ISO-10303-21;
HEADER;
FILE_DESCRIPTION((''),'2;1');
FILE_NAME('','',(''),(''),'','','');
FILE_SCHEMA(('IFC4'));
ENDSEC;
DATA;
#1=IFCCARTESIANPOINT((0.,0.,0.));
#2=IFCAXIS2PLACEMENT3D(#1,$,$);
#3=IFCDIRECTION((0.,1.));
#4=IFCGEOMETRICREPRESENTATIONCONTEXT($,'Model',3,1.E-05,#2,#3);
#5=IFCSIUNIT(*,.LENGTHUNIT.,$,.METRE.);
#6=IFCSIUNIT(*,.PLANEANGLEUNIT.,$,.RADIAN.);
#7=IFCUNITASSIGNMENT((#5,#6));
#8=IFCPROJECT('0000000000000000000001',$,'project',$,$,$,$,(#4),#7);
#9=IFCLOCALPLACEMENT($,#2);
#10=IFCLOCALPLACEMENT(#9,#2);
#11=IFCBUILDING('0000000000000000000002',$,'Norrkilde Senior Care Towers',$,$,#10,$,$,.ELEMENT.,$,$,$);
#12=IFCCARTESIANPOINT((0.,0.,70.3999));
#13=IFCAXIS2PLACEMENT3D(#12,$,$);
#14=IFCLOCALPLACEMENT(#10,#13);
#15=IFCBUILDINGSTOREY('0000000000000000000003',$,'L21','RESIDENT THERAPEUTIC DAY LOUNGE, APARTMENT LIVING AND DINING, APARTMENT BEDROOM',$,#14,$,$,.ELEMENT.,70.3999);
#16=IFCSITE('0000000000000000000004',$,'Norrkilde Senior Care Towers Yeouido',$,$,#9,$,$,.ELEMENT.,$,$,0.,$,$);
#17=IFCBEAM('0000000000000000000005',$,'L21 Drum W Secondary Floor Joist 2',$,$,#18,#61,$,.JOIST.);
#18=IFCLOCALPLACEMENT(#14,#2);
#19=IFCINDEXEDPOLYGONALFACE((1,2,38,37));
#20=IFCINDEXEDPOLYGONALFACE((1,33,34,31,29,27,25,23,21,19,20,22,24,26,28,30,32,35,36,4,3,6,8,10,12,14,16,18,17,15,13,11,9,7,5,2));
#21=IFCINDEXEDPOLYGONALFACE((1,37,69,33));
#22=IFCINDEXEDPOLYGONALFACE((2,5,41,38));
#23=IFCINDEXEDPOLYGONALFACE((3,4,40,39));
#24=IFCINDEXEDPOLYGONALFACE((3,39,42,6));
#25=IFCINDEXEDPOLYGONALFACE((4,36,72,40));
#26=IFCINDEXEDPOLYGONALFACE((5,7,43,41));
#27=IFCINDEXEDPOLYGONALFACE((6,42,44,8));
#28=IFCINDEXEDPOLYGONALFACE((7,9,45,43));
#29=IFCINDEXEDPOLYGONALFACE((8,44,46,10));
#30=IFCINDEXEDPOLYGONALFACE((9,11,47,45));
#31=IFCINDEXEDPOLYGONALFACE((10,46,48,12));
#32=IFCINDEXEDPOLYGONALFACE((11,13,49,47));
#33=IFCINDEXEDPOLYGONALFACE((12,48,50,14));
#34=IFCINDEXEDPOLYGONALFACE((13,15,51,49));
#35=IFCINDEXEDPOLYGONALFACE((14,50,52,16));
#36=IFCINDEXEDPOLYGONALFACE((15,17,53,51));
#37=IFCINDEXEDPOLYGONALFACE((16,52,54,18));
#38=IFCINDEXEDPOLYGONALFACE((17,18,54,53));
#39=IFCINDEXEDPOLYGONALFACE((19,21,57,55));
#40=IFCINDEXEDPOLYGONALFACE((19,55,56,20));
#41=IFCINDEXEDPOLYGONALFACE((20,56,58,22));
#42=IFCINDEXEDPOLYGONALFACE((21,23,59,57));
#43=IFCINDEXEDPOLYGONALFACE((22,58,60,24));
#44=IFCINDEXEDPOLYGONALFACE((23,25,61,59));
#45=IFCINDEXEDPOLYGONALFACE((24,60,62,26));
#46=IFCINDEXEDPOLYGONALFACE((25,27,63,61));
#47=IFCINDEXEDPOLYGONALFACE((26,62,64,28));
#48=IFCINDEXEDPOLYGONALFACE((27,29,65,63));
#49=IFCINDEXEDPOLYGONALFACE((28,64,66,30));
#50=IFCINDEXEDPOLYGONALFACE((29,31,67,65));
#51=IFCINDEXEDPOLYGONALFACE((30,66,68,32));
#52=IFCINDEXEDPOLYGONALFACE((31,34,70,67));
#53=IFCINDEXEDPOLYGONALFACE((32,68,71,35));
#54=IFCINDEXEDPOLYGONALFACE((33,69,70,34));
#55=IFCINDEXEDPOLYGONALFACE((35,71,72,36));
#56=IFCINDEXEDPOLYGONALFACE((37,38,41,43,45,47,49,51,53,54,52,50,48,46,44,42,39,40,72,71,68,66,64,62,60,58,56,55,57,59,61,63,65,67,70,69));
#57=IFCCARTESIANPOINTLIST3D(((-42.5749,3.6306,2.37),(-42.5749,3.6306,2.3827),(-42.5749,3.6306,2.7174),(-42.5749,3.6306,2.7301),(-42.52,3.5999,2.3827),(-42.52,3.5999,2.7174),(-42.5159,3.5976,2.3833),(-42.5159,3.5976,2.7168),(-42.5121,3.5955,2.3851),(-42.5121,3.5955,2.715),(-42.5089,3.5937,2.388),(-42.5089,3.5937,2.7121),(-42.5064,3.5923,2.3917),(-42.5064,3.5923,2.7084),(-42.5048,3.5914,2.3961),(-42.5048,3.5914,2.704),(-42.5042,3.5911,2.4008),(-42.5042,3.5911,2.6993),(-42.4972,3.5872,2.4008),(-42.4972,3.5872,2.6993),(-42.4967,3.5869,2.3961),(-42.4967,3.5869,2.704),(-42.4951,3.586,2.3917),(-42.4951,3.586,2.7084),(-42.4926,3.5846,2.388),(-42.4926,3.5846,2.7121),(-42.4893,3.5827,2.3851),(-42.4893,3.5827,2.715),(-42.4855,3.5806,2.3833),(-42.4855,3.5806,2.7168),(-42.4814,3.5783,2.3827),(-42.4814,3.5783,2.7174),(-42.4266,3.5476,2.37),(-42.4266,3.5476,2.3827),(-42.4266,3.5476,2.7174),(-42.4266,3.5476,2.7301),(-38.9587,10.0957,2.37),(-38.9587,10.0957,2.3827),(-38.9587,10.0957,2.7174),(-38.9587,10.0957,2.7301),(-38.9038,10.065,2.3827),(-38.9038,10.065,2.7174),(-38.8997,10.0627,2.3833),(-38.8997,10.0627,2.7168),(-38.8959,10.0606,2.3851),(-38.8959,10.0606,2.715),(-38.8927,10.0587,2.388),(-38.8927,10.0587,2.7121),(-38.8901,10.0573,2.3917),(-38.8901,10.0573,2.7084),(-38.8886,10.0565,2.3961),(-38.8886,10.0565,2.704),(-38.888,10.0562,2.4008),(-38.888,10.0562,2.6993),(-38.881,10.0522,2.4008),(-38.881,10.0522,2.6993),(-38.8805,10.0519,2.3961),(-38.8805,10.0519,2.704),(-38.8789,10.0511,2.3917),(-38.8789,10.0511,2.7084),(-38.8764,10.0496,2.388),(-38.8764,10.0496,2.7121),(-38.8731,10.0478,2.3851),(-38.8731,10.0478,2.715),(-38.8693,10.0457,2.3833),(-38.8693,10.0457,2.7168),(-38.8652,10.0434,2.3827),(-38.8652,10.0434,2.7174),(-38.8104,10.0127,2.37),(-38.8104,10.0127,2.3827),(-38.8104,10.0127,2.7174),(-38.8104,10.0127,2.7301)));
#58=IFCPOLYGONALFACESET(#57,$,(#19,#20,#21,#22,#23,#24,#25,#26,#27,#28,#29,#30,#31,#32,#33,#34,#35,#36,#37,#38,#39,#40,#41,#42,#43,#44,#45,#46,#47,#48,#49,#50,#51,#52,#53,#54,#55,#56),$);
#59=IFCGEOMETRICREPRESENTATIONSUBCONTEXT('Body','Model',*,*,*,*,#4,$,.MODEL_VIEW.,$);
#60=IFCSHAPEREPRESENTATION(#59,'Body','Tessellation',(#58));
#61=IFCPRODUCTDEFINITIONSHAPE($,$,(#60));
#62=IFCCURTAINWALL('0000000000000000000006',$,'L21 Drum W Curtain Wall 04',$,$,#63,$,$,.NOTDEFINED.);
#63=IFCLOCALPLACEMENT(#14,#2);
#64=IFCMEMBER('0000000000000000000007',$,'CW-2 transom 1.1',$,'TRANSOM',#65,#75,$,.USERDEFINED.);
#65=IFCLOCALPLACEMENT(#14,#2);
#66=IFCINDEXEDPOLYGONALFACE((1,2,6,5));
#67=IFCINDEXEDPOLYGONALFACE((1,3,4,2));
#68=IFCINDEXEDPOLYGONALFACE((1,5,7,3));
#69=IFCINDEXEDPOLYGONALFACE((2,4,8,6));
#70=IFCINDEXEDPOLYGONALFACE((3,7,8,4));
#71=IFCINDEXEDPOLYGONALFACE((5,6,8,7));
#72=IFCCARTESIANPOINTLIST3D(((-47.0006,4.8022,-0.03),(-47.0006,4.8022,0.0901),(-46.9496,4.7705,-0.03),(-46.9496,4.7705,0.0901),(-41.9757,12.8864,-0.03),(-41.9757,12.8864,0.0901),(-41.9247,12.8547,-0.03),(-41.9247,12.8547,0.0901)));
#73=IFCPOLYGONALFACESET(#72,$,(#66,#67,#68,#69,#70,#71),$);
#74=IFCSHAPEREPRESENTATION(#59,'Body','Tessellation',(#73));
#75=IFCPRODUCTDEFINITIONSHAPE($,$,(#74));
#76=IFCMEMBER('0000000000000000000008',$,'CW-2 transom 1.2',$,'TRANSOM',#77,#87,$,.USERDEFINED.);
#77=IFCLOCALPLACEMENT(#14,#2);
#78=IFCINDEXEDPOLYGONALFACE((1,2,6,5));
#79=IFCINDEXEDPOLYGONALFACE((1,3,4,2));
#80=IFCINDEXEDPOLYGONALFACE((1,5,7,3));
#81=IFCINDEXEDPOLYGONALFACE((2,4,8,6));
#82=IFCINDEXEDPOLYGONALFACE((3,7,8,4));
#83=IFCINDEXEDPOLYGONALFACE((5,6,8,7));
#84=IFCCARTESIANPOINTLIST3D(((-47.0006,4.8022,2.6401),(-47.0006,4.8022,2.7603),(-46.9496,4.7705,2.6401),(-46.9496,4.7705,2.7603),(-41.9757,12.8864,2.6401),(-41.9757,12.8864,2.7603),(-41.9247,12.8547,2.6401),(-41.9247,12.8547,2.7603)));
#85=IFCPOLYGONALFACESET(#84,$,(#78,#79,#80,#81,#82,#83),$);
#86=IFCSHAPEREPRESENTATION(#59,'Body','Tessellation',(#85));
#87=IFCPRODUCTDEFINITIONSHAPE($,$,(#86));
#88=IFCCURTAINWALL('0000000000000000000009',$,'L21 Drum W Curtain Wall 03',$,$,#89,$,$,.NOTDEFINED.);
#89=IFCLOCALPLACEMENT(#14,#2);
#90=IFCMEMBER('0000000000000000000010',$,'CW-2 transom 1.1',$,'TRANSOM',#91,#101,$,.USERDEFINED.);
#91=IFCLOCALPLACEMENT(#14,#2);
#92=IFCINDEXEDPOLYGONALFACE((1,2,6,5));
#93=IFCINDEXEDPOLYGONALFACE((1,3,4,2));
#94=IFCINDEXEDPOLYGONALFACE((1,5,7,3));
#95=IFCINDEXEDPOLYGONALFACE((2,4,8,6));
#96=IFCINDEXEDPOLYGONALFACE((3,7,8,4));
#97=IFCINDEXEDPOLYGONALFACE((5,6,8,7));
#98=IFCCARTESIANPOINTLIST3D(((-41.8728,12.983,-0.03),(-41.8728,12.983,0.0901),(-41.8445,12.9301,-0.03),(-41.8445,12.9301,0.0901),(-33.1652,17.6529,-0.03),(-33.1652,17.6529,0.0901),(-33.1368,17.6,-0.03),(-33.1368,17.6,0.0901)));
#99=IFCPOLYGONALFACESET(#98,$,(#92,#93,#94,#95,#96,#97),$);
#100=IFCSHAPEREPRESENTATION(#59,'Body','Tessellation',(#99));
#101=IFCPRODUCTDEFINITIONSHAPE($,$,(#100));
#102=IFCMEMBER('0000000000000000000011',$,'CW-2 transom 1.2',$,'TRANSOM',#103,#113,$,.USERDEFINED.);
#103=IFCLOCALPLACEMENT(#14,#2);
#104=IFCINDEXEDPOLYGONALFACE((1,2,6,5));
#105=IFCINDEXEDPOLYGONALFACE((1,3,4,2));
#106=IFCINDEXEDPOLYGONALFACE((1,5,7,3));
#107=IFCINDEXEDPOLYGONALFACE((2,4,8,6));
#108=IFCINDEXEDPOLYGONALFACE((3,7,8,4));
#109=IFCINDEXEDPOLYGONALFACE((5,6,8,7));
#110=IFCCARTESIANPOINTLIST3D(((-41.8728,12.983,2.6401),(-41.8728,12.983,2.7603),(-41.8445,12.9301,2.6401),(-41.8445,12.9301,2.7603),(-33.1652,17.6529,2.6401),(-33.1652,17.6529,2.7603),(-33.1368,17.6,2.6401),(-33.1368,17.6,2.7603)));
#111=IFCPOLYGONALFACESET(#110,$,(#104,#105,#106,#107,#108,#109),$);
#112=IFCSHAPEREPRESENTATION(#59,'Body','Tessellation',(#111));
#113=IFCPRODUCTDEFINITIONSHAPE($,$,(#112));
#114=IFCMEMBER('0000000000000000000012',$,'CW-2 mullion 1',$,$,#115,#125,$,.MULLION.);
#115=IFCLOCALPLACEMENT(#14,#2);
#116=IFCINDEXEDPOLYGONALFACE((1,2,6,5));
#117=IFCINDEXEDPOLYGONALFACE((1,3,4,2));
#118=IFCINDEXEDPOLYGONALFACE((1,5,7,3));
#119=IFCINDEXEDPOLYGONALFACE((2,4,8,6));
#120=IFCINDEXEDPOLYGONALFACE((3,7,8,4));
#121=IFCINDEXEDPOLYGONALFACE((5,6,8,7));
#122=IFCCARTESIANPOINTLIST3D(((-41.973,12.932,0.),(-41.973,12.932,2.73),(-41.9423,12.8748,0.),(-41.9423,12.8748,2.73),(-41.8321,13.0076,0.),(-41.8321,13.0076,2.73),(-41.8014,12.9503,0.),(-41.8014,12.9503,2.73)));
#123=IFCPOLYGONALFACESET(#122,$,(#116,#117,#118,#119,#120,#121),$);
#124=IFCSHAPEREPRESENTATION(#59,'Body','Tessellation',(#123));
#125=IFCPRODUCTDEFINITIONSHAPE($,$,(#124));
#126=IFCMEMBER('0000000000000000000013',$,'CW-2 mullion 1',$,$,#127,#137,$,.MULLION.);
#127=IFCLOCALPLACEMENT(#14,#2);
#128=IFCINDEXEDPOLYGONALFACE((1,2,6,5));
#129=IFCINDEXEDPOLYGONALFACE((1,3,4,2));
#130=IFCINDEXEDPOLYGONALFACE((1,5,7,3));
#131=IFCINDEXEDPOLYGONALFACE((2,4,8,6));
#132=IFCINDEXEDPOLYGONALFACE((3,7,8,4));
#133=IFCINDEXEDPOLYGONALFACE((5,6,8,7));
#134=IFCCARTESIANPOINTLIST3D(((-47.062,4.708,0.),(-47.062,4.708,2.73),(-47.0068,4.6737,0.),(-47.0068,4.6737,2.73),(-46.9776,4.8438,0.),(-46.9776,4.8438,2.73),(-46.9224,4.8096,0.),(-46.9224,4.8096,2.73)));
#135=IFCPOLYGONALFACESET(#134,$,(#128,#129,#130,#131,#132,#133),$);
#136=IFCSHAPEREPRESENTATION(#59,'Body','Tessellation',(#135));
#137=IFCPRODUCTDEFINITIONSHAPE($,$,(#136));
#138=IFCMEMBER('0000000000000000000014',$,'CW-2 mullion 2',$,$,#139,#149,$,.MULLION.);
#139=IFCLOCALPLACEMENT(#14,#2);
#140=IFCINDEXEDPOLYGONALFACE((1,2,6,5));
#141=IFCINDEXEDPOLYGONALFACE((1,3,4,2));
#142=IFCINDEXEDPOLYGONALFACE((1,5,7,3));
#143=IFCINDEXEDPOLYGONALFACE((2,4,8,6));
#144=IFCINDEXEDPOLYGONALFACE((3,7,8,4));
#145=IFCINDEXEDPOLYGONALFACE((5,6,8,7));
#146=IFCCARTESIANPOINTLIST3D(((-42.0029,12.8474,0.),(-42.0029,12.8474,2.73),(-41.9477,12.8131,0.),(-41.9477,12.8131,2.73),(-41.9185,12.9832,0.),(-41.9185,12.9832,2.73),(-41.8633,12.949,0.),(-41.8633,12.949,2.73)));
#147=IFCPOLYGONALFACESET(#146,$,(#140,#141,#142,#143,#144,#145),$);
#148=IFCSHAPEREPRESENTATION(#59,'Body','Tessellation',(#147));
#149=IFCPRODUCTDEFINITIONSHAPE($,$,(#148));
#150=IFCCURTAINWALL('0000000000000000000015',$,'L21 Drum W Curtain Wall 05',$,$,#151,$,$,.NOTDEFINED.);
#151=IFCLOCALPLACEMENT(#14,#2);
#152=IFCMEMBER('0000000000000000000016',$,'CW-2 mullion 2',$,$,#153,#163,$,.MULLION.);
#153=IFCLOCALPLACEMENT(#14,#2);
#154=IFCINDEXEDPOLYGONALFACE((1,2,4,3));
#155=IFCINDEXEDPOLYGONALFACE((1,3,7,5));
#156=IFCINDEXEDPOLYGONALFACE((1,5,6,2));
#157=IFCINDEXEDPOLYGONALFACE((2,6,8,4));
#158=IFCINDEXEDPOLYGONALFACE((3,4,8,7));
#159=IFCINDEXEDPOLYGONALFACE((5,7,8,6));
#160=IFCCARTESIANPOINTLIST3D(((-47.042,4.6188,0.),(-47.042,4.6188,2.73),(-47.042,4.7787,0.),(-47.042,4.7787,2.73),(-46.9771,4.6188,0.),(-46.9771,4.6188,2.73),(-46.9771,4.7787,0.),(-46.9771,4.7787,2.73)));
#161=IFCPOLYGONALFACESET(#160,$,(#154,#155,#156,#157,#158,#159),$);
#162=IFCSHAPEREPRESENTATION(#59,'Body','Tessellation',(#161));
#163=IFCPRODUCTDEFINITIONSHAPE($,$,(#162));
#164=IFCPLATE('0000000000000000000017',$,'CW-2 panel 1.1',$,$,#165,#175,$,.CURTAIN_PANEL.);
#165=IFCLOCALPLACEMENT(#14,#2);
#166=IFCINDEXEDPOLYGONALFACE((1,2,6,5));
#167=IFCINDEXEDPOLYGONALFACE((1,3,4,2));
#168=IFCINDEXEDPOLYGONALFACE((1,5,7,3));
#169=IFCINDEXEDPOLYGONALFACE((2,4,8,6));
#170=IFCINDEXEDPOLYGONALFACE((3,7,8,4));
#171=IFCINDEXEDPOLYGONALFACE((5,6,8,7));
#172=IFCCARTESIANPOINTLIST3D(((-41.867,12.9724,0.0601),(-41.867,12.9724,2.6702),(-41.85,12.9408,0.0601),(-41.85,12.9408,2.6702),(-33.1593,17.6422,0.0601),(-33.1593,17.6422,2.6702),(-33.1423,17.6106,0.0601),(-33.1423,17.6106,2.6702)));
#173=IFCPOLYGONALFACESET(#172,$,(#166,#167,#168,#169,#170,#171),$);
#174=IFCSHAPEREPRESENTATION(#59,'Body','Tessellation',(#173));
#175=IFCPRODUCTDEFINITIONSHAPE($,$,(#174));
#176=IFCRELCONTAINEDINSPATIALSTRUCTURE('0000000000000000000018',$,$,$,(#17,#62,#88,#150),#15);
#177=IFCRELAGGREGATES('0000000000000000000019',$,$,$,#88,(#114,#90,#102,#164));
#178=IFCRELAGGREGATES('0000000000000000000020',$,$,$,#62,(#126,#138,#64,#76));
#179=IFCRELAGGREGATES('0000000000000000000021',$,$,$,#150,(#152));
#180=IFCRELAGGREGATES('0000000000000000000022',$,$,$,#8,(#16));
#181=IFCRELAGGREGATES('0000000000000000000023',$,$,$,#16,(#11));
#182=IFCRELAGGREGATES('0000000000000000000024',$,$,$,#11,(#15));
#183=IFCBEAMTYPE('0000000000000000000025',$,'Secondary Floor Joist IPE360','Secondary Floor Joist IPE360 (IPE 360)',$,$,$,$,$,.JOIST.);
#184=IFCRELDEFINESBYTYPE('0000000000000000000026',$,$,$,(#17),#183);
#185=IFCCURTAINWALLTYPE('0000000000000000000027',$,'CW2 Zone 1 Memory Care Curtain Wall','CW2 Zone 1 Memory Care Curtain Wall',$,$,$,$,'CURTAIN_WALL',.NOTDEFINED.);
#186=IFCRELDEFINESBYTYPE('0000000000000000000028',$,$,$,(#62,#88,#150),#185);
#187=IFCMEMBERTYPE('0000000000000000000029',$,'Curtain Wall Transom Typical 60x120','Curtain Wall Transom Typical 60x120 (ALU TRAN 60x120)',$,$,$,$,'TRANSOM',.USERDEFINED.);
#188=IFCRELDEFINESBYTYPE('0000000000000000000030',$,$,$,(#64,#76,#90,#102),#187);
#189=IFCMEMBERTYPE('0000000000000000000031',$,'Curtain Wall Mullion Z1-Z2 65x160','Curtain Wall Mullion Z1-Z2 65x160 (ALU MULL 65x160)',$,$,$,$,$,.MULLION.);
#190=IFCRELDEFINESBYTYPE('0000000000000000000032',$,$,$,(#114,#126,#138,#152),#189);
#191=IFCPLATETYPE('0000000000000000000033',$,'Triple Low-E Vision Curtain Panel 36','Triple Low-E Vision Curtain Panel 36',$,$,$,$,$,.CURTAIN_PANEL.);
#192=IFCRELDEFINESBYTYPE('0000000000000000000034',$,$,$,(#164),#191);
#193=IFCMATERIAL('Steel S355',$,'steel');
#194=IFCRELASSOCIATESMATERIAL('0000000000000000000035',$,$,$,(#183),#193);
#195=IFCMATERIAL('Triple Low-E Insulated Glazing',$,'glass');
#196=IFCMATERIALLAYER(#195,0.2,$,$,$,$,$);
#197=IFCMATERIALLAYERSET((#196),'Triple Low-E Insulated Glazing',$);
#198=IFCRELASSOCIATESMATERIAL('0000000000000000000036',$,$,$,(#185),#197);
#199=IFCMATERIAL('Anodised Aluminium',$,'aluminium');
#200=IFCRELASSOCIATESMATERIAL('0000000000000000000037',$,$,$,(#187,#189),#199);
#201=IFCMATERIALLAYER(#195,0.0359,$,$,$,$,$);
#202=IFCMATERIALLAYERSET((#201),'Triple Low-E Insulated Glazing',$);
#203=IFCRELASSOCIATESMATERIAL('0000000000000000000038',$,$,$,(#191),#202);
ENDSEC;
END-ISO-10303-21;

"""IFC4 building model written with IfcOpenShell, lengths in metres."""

from ifc_helpers import new_model, si_unit, direction, frame, origin, origin_2d, place, context, subcontext, project, spatial, rectangle, i_section, extrude, source, transform, mapped, material, layer, layer_set, material_profile, profile_set, type_object, type_shapes, element, aggregate, save


model = new_model("IFC4")

# Units and contexts
model_context = context("Model", 3, precision=1e-05, world=origin(), true_north=direction((0.0, 1.0)))
body_context = subcontext(model_context, "Body", "Model", "MODEL_VIEW")
ifc_project = project(units=[si_unit("LENGTHUNIT", "METRE"), si_unit("PLANEANGLEUNIT", "RADIAN")], contexts=[model_context])

# Site, building, storey
site_placement = place(None, origin())
site = spatial("IfcSite", under=ifc_project, at=site_placement, Name="Norrkilde Senior Care Towers Yeouido", CompositionType="ELEMENT", RefElevation=0.0)
building_placement = place(site_placement, origin())
building = spatial("IfcBuilding", under=site, at=building_placement, Name="Norrkilde Senior Care Towers", CompositionType="ELEMENT")
storey_placement = place(building_placement, frame((0.0, 0.0, 70.3999)))
storey = spatial("IfcBuildingStorey", under=building, at=storey_placement, Name="L21", Description="RESIDENT THERAPEUTIC DAY LOUNGE, APARTMENT LIVING AND DINING, APARTMENT BEDROOM", CompositionType="ELEMENT", Elevation=70.3999)

# Beam
ifc_material_1 = material(Name="Steel S355", Category="steel")
ifc_material_profile_1 = material_profile(ifc_material_1, i_section(OverallWidth=0.1699, OverallDepth=0.3601, WebThickness=0.0081, FlangeThickness=0.0127, FilletRadius=0.0181, at=origin_2d()), Name="IPE 360")
ifc_profile_set_1 = profile_set([ifc_material_profile_1], Name="Steel S355")
beam_type_1 = type_object("IfcBeamType", Name="Secondary Floor Joist IPE360", Description="Secondary Floor Joist IPE360 (IPE 360)", PredefinedType="JOIST", material=ifc_profile_set_1)
shared_shape_1 = source(origin(), body_context, "Body", "SweptSolid", [
    extrude(i_section(OverallWidth=0.1699, OverallDepth=0.3601, WebThickness=0.0081, FlangeThickness=0.0127, FilletRadius=0.0181, at=origin_2d()), origin(), (0.0, 0.0, 1.0), 7.4077),
])
type_shapes(beam_type_1, [shared_shape_1])
beam_1_placement = place(storey_placement, frame((-38.8845, 10.0542, 2.55), z_axis=(-0.488168, -0.87275, 0.0), x_axis=(0.87275, -0.488168, 0.0)))
element("IfcBeam", 1, at=beam_1_placement, inside=storey, type_object=beam_type_1, Name="L21 Drum W Secondary Floor Joist 2", PredefinedType="JOIST", context=body_context, shape_type="MappedRepresentation", body=[
    mapped(shared_shape_1, transform((0.0, 0.0, 0.0), x_axis=(1.0, 0.0, 0.0), y_axis=(0.0, 1.0, 0.0), z_axis=(0.0, 0.0, 1.0), scale=1.0)),
])

# Curtain walls, members
ifc_material_2 = material(Name="Triple Low-E Insulated Glazing", Category="glass")
ifc_layer_1 = layer(ifc_material_2, 0.2)
ifc_layer_set_1 = layer_set([ifc_layer_1], Name="Triple Low-E Insulated Glazing")
curtain_wall_type = type_object("IfcCurtainWallType", Name="CW2 Zone 1 Memory Care Curtain Wall", Description="CW2 Zone 1 Memory Care Curtain Wall", ElementType="CURTAIN_WALL", PredefinedType="NOTDEFINED", material=ifc_layer_set_1)
curtain_wall_1_placement = place(storey_placement, origin())
curtain_wall_1 = element("IfcCurtainWall", 2, at=curtain_wall_1_placement, inside=storey, type_object=curtain_wall_type, Name="L21 Drum W Curtain Wall 04", PredefinedType="NOTDEFINED")
ifc_material_3 = material(Name="Anodised Aluminium", Category="aluminium")
ifc_material_profile_2 = material_profile(ifc_material_3, rectangle(XDim=0.0601, YDim=0.1201, at=origin_2d()), Name="ALU TRAN 60x120")
ifc_profile_set_2 = profile_set([ifc_material_profile_2], Name="Anodised Aluminium")
member_type_1 = type_object("IfcMemberType", Name="Curtain Wall Transom Typical 60x120", Description="Curtain Wall Transom Typical 60x120 (ALU TRAN 60x120)", ElementType="TRANSOM", PredefinedType="USERDEFINED", material=ifc_profile_set_2)
shared_shape_2 = source(origin(), body_context, "Body", "SweptSolid", [
    extrude(rectangle(XDim=0.0601, YDim=0.1201, at=origin_2d()), origin(), (0.0, 0.0, 1.0), 9.5186),
])
member_1_placement = place(storey_placement, frame((-46.9751, 4.7864, 0.03), z_axis=(0.527902, 0.849306, 0.0), x_axis=(-0.849306, 0.527902, 0.0)))
member_1 = element("IfcMember", 3, at=member_1_placement, type_object=member_type_1, Name="CW-2 transom 1.1", ObjectType="TRANSOM", PredefinedType="USERDEFINED", context=body_context, shape_type="MappedRepresentation", body=[
    mapped(shared_shape_2, transform((0.0, 0.0, 0.0), x_axis=(1.0, 0.0, 0.0), y_axis=(0.0, 1.0, 0.0), z_axis=(0.0, 0.0, 1.0), scale=1.0)),
])
member_2_placement = place(storey_placement, frame((-46.9751, 4.7864, 2.7002), z_axis=(0.527902, 0.849306, 0.0), x_axis=(-0.849306, 0.527902, 0.0)))
member_2 = element("IfcMember", 4, at=member_2_placement, type_object=member_type_1, Name="CW-2 transom 1.2", ObjectType="TRANSOM", PredefinedType="USERDEFINED", context=body_context, shape_type="MappedRepresentation", body=[
    mapped(shared_shape_2, transform((0.0, 0.0, 0.0), x_axis=(1.0, 0.0, 0.0), y_axis=(0.0, 1.0, 0.0), z_axis=(0.0, 0.0, 1.0), scale=1.0)),
])
curtain_wall_2_placement = place(storey_placement, origin())
curtain_wall_2 = element("IfcCurtainWall", 5, at=curtain_wall_2_placement, inside=storey, type_object=curtain_wall_type, Name="L21 Drum W Curtain Wall 03", PredefinedType="NOTDEFINED")
shared_shape_3 = source(origin(), body_context, "Body", "SweptSolid", [
    extrude(rectangle(XDim=0.0601, YDim=0.1201, at=origin_2d()), origin(), (0.0, 0.0, 1.0), 9.8809),
])
type_shapes(member_type_1, [shared_shape_2, shared_shape_3])
member_3_placement = place(storey_placement, frame((-41.8586, 12.9565, 0.03), z_axis=(0.881267, 0.472618, 0.0), x_axis=(-0.472618, 0.881267, 0.0)))
member_3 = element("IfcMember", 6, at=member_3_placement, type_object=member_type_1, Name="CW-2 transom 1.1", ObjectType="TRANSOM", PredefinedType="USERDEFINED", context=body_context, shape_type="MappedRepresentation", body=[
    mapped(shared_shape_3, transform((0.0, 0.0, 0.0), x_axis=(1.0, 0.0, 0.0), y_axis=(0.0, 1.0, 0.0), z_axis=(0.0, 0.0, 1.0), scale=1.0)),
])
member_4_placement = place(storey_placement, frame((-41.8586, 12.9565, 2.7002), z_axis=(0.881267, 0.472618, 0.0), x_axis=(-0.472618, 0.881267, 0.0)))
member_4 = element("IfcMember", 7, at=member_4_placement, type_object=member_type_1, Name="CW-2 transom 1.2", ObjectType="TRANSOM", PredefinedType="USERDEFINED", context=body_context, shape_type="MappedRepresentation", body=[
    mapped(shared_shape_3, transform((0.0, 0.0, 0.0), x_axis=(1.0, 0.0, 0.0), y_axis=(0.0, 1.0, 0.0), z_axis=(0.0, 0.0, 1.0), scale=1.0)),
])
ifc_material_profile_3 = material_profile(ifc_material_3, rectangle(XDim=0.0649, YDim=0.1599, at=origin_2d()), Name="ALU MULL 65x160")
ifc_profile_set_3 = profile_set([ifc_material_profile_3], Name="Anodised Aluminium")
member_type_2 = type_object("IfcMemberType", Name="Curtain Wall Mullion Z1-Z2 65x160", Description="Curtain Wall Mullion Z1-Z2 65x160 (ALU MULL 65x160)", PredefinedType="MULLION", material=ifc_profile_set_3)
shared_shape_4 = source(origin(), body_context, "Body", "SweptSolid", [
    extrude(rectangle(XDim=0.0649, YDim=0.1599, at=origin_2d()), origin(), (0.0, 0.0, 1.0), 2.73),
])
type_shapes(member_type_2, [shared_shape_4])
member_5_placement = place(storey_placement, frame((-41.8872, 12.9412, 0.0), z_axis=(0.0, 0.0, 1.0), x_axis=(-0.472608, 0.881273, 0.0)))
member_5 = element("IfcMember", 8, at=member_5_placement, type_object=member_type_2, Name="CW-2 mullion 1", PredefinedType="MULLION", context=body_context, shape_type="MappedRepresentation", body=[
    mapped(shared_shape_4, transform((0.0, 0.0, 0.0), x_axis=(1.0, 0.0, 0.0), y_axis=(0.0, 1.0, 0.0), z_axis=(0.0, 0.0, 1.0), scale=1.0)),
])

# Members
member_6_placement = place(storey_placement, frame((-46.9922, 4.7588, 0.0), z_axis=(0.0, 0.0, 1.0), x_axis=(-0.849306, 0.527901, 0.0)))
member_6 = element("IfcMember", 9, at=member_6_placement, type_object=member_type_2, Name="CW-2 mullion 1", PredefinedType="MULLION", context=body_context, shape_type="MappedRepresentation", body=[
    mapped(shared_shape_4, transform((0.0, 0.0, 0.0), x_axis=(1.0, 0.0, 0.0), y_axis=(0.0, 1.0, 0.0), z_axis=(0.0, 0.0, 1.0), scale=1.0)),
])
member_7_placement = place(storey_placement, frame((-41.9331, 12.8982, 0.0), z_axis=(0.0, 0.0, 1.0), x_axis=(-0.849306, 0.527901, 0.0)))
member_7 = element("IfcMember", 10, at=member_7_placement, type_object=member_type_2, Name="CW-2 mullion 2", PredefinedType="MULLION", context=body_context, shape_type="MappedRepresentation", body=[
    mapped(shared_shape_4, transform((0.0, 0.0, 0.0), x_axis=(1.0, 0.0, 0.0), y_axis=(0.0, 1.0, 0.0), z_axis=(0.0, 0.0, 1.0), scale=1.0)),
])

# Curtain wall, member
curtain_wall_3_placement = place(storey_placement, origin())
curtain_wall_3 = element("IfcCurtainWall", 11, at=curtain_wall_3_placement, inside=storey, type_object=curtain_wall_type, Name="L21 Drum W Curtain Wall 05", PredefinedType="NOTDEFINED")
member_8_placement = place(storey_placement, frame((-47.0095, 4.6987, 0.0), z_axis=(0.0, 0.0, 1.0), x_axis=(-1.0, 0.0, 0.0)))
member_8 = element("IfcMember", 12, at=member_8_placement, type_object=member_type_2, Name="CW-2 mullion 2", PredefinedType="MULLION", context=body_context, shape_type="MappedRepresentation", body=[
    mapped(shared_shape_4, transform((0.0, 0.0, 0.0), x_axis=(1.0, 0.0, 0.0), y_axis=(0.0, 1.0, 0.0), z_axis=(0.0, 0.0, 1.0), scale=1.0)),
])

# Plate
ifc_layer_2 = layer(ifc_material_2, 0.0359)
ifc_layer_set_2 = layer_set([ifc_layer_2], Name="Triple Low-E Insulated Glazing")
plate_type = type_object("IfcPlateType", Name="Triple Low-E Vision Curtain Panel 36", Description="Triple Low-E Vision Curtain Panel 36", PredefinedType="CURTAIN_PANEL", material=ifc_layer_set_2)
shared_shape_5 = source(origin(), body_context, "Body", "SweptSolid", [
    extrude(rectangle(XDim=9.8809, YDim=0.0359, at=origin_2d()), origin(), (0.0, 0.0, 1.0), 2.6101),
])
plate_1_placement = place(storey_placement, frame((-37.5046, 15.2915, 0.0601), z_axis=(0.0, 0.0, 1.0), x_axis=(0.881273, 0.472608, 0.0)))
plate_1 = element("IfcPlate", 13, at=plate_1_placement, type_object=plate_type, Name="CW-2 panel 1.1", PredefinedType="CURTAIN_PANEL", context=body_context, shape_type="MappedRepresentation", body=[
    mapped(shared_shape_5, transform((0.0, 0.0, 0.0), x_axis=(1.0, 0.0, 0.0), y_axis=(0.0, 1.0, 0.0), z_axis=(0.0, 0.0, 1.0), scale=1.0)),
])
aggregate(curtain_wall_2, [member_5, member_3, member_4, plate_1])
aggregate(curtain_wall_1, [member_6, member_7, member_1, member_2])
aggregate(curtain_wall_3, [member_8])

save(model, "model.ifc")
